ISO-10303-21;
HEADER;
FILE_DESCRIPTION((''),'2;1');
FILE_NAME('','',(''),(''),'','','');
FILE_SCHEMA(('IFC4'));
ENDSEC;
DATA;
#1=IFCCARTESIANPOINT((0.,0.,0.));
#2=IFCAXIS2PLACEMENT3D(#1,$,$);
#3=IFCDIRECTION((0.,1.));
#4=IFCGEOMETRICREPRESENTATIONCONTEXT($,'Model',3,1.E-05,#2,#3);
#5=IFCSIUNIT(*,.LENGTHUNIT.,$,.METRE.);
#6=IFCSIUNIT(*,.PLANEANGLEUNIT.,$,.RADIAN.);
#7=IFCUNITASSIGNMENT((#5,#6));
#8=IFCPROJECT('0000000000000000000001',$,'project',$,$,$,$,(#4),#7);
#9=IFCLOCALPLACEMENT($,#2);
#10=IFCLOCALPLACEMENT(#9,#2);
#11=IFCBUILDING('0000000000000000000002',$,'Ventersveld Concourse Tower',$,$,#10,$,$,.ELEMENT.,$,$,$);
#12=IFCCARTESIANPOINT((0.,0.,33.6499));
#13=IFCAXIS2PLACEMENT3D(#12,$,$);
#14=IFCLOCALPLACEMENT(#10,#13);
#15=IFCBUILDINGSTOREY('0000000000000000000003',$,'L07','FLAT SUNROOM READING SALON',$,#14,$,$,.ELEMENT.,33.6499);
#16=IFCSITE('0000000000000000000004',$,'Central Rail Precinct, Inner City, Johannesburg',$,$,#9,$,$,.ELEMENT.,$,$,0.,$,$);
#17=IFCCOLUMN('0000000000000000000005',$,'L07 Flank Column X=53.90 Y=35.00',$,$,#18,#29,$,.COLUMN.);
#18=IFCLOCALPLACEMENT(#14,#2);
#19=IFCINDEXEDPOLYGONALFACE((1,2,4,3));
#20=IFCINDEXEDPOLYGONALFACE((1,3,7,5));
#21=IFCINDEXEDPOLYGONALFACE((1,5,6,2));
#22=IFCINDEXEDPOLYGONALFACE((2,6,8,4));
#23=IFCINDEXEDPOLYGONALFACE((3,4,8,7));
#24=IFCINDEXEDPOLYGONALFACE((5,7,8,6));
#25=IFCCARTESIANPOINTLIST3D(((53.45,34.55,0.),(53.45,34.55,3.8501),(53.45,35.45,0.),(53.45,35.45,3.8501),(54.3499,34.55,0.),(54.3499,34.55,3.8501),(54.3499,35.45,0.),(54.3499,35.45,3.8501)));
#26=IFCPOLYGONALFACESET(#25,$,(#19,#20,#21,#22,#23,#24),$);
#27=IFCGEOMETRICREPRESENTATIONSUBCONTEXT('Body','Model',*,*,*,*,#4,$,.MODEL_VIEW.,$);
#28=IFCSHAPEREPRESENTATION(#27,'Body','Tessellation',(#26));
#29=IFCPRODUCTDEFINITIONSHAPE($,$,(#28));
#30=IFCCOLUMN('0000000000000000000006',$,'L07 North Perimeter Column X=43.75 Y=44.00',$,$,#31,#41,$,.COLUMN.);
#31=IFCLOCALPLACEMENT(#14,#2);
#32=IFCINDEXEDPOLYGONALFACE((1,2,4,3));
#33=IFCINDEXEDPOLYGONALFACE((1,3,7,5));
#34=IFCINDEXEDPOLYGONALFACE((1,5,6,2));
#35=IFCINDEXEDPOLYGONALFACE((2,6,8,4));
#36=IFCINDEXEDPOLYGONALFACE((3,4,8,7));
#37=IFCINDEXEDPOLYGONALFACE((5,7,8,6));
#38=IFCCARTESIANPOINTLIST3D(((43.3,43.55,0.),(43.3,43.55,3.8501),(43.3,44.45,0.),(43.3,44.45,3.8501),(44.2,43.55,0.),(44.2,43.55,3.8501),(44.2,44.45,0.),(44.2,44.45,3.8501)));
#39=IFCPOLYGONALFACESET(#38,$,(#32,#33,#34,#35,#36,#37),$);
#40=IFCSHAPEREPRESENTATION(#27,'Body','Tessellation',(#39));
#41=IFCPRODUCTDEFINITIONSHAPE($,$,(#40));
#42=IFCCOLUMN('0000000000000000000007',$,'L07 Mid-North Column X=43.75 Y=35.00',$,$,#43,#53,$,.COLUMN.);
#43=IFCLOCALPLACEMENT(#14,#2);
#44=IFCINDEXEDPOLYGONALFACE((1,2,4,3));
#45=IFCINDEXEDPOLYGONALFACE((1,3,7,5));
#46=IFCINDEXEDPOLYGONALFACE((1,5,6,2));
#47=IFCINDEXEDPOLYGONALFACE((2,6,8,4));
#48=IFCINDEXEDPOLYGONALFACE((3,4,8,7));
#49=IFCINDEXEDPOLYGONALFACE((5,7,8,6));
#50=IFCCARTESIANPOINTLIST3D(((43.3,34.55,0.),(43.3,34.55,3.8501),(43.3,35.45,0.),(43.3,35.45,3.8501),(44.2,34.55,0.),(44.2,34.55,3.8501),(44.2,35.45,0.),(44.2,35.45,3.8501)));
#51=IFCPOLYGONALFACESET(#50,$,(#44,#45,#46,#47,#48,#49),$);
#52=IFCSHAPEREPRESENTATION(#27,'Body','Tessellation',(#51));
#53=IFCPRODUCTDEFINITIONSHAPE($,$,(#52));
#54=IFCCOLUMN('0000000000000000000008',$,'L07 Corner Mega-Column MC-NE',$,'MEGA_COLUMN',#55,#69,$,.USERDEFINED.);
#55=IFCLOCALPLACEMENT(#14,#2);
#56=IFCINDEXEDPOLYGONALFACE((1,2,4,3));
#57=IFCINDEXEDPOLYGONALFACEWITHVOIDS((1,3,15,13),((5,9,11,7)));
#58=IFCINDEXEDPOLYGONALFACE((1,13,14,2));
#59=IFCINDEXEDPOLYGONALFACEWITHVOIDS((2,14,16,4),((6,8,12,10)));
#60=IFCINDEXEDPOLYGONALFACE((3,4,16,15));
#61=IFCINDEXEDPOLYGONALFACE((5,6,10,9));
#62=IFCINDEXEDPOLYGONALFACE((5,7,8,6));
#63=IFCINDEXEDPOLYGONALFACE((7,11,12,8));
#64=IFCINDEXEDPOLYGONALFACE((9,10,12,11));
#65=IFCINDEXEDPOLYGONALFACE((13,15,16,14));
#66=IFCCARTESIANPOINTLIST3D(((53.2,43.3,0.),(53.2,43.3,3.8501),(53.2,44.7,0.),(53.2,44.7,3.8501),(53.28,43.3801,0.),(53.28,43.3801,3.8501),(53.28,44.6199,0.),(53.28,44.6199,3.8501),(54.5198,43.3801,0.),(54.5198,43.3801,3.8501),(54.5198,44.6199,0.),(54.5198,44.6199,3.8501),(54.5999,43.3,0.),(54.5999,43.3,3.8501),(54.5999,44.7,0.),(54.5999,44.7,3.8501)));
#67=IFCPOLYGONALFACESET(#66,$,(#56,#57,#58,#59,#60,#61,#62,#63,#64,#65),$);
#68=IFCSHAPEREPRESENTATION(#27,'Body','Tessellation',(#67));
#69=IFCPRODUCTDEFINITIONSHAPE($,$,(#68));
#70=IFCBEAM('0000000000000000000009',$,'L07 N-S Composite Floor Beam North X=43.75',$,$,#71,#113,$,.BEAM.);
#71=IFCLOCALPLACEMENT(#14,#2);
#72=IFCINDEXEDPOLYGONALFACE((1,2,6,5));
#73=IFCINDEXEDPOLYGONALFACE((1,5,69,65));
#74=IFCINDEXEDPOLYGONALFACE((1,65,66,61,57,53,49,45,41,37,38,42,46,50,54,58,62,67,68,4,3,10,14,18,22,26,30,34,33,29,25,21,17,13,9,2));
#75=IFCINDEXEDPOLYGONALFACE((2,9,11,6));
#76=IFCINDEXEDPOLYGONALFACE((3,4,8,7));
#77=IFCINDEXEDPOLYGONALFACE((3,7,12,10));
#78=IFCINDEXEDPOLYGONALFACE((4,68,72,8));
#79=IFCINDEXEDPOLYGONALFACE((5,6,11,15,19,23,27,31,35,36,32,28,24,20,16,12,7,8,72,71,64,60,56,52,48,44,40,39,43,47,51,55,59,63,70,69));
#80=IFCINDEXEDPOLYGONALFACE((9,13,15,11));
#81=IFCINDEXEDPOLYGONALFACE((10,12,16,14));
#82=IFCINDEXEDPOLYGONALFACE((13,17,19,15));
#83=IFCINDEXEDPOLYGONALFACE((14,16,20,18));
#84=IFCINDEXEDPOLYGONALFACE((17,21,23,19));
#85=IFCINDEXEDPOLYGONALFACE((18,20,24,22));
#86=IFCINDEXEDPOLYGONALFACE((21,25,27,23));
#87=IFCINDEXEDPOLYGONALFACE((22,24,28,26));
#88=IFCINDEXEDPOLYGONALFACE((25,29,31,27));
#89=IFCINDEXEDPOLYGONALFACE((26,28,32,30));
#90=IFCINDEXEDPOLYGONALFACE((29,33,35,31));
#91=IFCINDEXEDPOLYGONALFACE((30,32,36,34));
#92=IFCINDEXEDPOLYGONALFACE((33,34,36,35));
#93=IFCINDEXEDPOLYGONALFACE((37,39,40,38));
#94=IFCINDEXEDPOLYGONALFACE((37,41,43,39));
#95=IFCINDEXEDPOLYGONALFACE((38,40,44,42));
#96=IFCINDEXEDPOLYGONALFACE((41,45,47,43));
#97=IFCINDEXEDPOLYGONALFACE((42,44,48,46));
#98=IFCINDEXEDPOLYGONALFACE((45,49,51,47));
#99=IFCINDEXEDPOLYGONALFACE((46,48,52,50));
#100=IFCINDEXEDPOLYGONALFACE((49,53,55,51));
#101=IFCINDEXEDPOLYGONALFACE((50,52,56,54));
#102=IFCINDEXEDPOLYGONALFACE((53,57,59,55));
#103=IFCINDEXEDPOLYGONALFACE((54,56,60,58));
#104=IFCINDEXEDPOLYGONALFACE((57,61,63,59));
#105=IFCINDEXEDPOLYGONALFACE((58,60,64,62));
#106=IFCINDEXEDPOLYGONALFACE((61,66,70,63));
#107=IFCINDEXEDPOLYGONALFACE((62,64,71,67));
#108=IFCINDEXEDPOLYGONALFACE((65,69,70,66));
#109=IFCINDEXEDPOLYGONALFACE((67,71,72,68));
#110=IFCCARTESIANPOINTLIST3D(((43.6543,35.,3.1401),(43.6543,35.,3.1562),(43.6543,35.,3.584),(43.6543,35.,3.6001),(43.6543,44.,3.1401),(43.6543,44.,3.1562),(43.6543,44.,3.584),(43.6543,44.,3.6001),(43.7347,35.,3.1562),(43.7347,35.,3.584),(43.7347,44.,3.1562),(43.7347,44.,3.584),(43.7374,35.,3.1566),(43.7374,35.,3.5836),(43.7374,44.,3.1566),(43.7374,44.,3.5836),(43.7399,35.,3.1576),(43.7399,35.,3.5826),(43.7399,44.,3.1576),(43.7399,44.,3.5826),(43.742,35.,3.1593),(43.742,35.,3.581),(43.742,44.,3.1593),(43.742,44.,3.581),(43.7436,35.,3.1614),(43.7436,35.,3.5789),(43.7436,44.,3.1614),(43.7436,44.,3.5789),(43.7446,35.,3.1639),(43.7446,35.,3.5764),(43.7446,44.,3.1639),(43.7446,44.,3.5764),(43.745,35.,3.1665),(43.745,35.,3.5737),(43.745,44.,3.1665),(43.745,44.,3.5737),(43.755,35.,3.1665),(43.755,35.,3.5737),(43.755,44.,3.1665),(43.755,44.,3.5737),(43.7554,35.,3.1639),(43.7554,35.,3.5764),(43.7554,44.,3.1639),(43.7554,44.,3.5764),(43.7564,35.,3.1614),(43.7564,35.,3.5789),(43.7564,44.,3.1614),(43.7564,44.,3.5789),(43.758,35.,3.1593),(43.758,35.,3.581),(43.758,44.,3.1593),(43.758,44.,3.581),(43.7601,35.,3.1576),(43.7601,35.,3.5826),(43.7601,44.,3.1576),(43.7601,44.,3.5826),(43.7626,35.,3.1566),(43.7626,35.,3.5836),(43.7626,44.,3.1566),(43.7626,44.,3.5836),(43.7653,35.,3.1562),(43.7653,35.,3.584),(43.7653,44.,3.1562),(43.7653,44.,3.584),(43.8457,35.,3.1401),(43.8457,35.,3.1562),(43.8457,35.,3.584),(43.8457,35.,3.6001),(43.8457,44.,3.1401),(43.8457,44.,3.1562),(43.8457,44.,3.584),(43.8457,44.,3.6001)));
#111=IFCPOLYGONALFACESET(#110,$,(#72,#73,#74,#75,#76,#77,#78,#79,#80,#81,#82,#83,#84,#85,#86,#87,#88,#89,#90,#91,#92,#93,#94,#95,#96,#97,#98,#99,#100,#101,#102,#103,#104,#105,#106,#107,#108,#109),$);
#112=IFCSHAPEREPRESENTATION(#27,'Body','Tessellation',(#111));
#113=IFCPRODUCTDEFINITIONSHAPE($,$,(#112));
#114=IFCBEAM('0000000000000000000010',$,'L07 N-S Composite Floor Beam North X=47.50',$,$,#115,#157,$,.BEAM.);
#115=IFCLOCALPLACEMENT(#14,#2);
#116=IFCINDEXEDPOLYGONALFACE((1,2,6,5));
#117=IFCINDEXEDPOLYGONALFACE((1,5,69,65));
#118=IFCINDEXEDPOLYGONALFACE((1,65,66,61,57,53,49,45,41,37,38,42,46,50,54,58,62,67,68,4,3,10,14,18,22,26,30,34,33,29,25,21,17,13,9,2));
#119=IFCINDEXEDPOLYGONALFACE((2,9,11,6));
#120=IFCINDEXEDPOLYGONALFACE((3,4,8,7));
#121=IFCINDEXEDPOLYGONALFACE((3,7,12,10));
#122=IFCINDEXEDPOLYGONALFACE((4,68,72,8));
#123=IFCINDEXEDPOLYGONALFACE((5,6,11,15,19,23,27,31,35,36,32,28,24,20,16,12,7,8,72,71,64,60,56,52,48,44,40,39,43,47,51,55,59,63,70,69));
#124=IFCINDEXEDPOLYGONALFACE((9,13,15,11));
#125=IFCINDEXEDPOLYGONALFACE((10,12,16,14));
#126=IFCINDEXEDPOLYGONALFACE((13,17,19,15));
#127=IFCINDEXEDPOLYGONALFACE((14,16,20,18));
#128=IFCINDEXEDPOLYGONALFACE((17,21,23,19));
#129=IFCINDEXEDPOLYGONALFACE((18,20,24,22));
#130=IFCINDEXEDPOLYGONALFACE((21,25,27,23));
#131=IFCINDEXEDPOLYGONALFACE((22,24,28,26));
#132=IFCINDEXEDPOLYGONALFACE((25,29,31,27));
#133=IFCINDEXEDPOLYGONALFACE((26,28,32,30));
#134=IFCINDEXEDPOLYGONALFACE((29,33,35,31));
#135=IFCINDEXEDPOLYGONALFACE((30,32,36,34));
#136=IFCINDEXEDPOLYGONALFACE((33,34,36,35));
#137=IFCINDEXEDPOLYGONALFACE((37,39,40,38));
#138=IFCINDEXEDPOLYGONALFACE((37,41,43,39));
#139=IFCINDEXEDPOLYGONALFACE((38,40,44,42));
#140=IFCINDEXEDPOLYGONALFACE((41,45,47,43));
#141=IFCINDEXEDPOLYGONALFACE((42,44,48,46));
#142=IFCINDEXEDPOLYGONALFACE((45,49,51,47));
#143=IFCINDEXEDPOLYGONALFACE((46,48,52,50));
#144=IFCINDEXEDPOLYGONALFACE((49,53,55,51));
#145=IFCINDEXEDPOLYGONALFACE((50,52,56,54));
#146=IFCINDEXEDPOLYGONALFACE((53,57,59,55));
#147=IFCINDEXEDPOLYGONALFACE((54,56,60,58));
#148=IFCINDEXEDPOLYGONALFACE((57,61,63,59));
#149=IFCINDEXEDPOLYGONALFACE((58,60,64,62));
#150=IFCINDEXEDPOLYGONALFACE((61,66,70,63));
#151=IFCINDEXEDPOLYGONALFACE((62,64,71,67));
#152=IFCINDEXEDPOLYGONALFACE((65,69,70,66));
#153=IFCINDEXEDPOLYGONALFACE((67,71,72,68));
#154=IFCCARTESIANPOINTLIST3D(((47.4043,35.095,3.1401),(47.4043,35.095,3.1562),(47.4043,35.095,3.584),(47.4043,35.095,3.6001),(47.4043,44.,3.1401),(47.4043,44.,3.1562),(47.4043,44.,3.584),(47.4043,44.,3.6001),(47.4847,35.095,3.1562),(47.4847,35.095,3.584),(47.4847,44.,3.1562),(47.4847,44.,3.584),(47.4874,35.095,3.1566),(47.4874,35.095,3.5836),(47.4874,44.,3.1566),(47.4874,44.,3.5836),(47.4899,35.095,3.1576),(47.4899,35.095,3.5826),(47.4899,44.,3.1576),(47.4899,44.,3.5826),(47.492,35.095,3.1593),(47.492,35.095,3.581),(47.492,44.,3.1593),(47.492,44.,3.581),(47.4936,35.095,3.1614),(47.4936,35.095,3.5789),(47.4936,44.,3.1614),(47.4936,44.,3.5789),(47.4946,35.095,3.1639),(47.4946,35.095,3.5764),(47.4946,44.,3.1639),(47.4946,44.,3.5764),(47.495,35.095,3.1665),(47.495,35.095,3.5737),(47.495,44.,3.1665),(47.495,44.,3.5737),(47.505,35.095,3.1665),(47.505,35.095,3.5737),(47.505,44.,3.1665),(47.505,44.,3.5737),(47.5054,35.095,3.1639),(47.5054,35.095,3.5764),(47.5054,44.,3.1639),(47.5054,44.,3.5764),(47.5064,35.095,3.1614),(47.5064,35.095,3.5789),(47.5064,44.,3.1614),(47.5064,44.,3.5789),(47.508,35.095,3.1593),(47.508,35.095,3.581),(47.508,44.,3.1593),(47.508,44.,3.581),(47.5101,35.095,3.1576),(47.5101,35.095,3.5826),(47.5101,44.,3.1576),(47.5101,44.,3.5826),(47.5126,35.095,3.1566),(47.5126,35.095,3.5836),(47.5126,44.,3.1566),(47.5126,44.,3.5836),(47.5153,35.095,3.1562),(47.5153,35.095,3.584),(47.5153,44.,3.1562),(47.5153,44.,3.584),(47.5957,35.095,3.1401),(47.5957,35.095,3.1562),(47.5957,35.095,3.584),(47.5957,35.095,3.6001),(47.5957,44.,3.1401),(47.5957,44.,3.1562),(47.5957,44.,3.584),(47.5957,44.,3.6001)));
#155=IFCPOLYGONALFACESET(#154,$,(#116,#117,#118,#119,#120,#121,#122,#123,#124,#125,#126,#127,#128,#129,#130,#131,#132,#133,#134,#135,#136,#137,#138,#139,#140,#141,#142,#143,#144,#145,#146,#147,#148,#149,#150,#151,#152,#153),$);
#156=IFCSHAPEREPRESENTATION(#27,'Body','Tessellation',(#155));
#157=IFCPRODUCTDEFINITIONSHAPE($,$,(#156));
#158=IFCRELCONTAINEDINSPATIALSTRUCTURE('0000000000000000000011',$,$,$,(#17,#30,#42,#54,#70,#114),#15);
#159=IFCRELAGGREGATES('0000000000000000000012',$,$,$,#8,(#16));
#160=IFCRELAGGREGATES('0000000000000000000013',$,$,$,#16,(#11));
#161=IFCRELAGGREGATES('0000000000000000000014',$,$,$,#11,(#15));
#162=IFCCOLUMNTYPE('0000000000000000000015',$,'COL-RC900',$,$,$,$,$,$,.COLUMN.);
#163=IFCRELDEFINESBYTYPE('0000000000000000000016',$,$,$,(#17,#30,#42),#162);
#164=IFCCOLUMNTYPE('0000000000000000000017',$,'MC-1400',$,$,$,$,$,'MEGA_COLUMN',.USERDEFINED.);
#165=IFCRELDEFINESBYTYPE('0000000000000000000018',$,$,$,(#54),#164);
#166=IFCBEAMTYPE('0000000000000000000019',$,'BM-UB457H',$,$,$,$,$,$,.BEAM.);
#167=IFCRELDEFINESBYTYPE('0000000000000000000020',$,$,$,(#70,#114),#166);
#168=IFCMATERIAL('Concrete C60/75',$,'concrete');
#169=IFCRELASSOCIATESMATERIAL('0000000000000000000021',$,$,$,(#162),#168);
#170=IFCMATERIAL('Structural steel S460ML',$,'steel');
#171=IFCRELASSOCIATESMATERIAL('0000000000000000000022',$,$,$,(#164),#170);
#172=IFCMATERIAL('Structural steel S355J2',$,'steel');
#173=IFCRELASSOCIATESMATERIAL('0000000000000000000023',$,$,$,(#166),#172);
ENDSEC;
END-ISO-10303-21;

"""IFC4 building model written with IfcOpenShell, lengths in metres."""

from ifc_helpers import new_model, si_unit, direction, frame, origin, origin_2d, place, context, subcontext, project, spatial, rectangle, hollow_rectangle, i_section, extrude, material, material_profile, profile_set, type_object, element, save


model = new_model("IFC4")

# Units and contexts
model_context = context("Model", 3, precision=1e-05, world=origin(), true_north=direction((0.0, 1.0)))
body_context = subcontext(model_context, "Body", "Model", "MODEL_VIEW")
ifc_project = project(units=[si_unit("LENGTHUNIT", "METRE"), si_unit("PLANEANGLEUNIT", "RADIAN")], contexts=[model_context])

# Site, building, storey
site_placement = place(None, origin())
site = spatial("IfcSite", under=ifc_project, at=site_placement, Name="Central Rail Precinct, Inner City, Johannesburg", CompositionType="ELEMENT", RefElevation=0.0)
building_placement = place(site_placement, origin())
building = spatial("IfcBuilding", under=site, at=building_placement, Name="Ventersveld Concourse Tower", CompositionType="ELEMENT")
storey_placement = place(building_placement, frame((0.0, 0.0, 33.6499)))
storey = spatial("IfcBuildingStorey", under=building, at=storey_placement, Name="L07", Description="FLAT SUNROOM READING SALON", CompositionType="ELEMENT", Elevation=33.6499)

# Columns
ifc_material_1 = material(Name="Concrete C60/75", Category="concrete")
ifc_material_profile_1 = material_profile(ifc_material_1, rectangle(XDim=0.8999, YDim=0.8999, at=origin_2d()), Name="RC 900x900")
ifc_profile_set_1 = profile_set([ifc_material_profile_1], Name="Concrete C60/75")
column_type_1 = type_object("IfcColumnType", Name="COL-RC900", PredefinedType="COLUMN", material=ifc_profile_set_1)
for number, where, z_axis, x_axis, name in (
    (1, (53.8999, 35.0, 0.0), (0.0, 0.0, 1.0), (1.0, 0.0, 0.0), "L07 Flank Column X=53.90 Y=35.00"),
    (2, (43.75, 44.0, 0.0), (0.0, 0.0, 1.0), (1.0, 0.0, 0.0), "L07 North Perimeter Column X=43.75 Y=44.00"),
    (3, (43.75, 35.0, 0.0), (0.0, 0.0, 1.0), (1.0, 0.0, 0.0), "L07 Mid-North Column X=43.75 Y=35.00"),
):
    element("IfcColumn", number, at=place(storey_placement, frame(where, z_axis=z_axis, x_axis=x_axis)), inside=storey, type_object=column_type_1, Name=name, PredefinedType="COLUMN", context=body_context, shape_type="SweptSolid", body=[
        extrude(rectangle(XDim=0.8999, YDim=0.8999, at=origin_2d()), origin(), (0.0, 0.0, 1.0), 3.8501),
    ])
ifc_material_2 = material(Name="Structural steel S460ML", Category="steel")
ifc_material_profile_2 = material_profile(ifc_material_2, hollow_rectangle(XDim=1.3999, YDim=1.3999, WallThickness=0.0801, at=origin_2d()), Name="BOX 1400x1400x80")
ifc_profile_set_2 = profile_set([ifc_material_profile_2], Name="Structural steel S460ML")
column_type_2 = type_object("IfcColumnType", Name="MC-1400", ElementType="MEGA_COLUMN", PredefinedType="USERDEFINED", material=ifc_profile_set_2)
column_placement = place(storey_placement, frame((53.8999, 44.0, 0.0), z_axis=(0.0, 0.0, 1.0), x_axis=(1.0, 0.0, 0.0)))
element("IfcColumn", 4, at=column_placement, inside=storey, type_object=column_type_2, Name="L07 Corner Mega-Column MC-NE", ObjectType="MEGA_COLUMN", PredefinedType="USERDEFINED", context=body_context, shape_type="SweptSolid", body=[
    extrude(hollow_rectangle(XDim=1.3999, YDim=1.3999, WallThickness=0.0801, at=origin_2d()), origin(), (0.0, 0.0, 1.0), 3.8501),
])

# Beams
ifc_material_3 = material(Name="Structural steel S355J2", Category="steel")
ifc_material_profile_3 = material_profile(ifc_material_3, i_section(OverallWidth=0.1914, OverallDepth=0.46, WebThickness=0.01, FlangeThickness=0.0161, FilletRadius=0.0103, at=origin_2d()), Name="UB 457x191x82")
ifc_profile_set_3 = profile_set([ifc_material_profile_3], Name="Structural steel S355J2")
beam_type_1 = type_object("IfcBeamType", Name="BM-UB457H", PredefinedType="BEAM", material=ifc_profile_set_3)
beam_1_placement = place(storey_placement, frame((43.75, 35.0, 3.3701), z_axis=(0.0, 1.0, 0.0), x_axis=(-1.0, 0.0, 0.0)))
element("IfcBeam", 5, at=beam_1_placement, inside=storey, type_object=beam_type_1, Name="L07 N-S Composite Floor Beam North X=43.75", PredefinedType="BEAM", context=body_context, shape_type="SweptSolid", body=[
    extrude(i_section(OverallWidth=0.1914, OverallDepth=0.46, WebThickness=0.01, FlangeThickness=0.0161, FilletRadius=0.0103, at=origin_2d()), origin(), (0.0, 0.0, 1.0), 9.0),
])
beam_2_placement = place(storey_placement, frame((47.5, 35.095, 3.3701), z_axis=(0.0, 1.0, 0.0), x_axis=(-1.0, 0.0, 0.0)))
element("IfcBeam", 6, at=beam_2_placement, inside=storey, type_object=beam_type_1, Name="L07 N-S Composite Floor Beam North X=47.50", PredefinedType="BEAM", context=body_context, shape_type="SweptSolid", body=[
    extrude(i_section(OverallWidth=0.1914, OverallDepth=0.46, WebThickness=0.01, FlangeThickness=0.0161, FilletRadius=0.0103, at=origin_2d()), origin(), (0.0, 0.0, 1.0), 8.905),
])

save(model, "model.ifc")
